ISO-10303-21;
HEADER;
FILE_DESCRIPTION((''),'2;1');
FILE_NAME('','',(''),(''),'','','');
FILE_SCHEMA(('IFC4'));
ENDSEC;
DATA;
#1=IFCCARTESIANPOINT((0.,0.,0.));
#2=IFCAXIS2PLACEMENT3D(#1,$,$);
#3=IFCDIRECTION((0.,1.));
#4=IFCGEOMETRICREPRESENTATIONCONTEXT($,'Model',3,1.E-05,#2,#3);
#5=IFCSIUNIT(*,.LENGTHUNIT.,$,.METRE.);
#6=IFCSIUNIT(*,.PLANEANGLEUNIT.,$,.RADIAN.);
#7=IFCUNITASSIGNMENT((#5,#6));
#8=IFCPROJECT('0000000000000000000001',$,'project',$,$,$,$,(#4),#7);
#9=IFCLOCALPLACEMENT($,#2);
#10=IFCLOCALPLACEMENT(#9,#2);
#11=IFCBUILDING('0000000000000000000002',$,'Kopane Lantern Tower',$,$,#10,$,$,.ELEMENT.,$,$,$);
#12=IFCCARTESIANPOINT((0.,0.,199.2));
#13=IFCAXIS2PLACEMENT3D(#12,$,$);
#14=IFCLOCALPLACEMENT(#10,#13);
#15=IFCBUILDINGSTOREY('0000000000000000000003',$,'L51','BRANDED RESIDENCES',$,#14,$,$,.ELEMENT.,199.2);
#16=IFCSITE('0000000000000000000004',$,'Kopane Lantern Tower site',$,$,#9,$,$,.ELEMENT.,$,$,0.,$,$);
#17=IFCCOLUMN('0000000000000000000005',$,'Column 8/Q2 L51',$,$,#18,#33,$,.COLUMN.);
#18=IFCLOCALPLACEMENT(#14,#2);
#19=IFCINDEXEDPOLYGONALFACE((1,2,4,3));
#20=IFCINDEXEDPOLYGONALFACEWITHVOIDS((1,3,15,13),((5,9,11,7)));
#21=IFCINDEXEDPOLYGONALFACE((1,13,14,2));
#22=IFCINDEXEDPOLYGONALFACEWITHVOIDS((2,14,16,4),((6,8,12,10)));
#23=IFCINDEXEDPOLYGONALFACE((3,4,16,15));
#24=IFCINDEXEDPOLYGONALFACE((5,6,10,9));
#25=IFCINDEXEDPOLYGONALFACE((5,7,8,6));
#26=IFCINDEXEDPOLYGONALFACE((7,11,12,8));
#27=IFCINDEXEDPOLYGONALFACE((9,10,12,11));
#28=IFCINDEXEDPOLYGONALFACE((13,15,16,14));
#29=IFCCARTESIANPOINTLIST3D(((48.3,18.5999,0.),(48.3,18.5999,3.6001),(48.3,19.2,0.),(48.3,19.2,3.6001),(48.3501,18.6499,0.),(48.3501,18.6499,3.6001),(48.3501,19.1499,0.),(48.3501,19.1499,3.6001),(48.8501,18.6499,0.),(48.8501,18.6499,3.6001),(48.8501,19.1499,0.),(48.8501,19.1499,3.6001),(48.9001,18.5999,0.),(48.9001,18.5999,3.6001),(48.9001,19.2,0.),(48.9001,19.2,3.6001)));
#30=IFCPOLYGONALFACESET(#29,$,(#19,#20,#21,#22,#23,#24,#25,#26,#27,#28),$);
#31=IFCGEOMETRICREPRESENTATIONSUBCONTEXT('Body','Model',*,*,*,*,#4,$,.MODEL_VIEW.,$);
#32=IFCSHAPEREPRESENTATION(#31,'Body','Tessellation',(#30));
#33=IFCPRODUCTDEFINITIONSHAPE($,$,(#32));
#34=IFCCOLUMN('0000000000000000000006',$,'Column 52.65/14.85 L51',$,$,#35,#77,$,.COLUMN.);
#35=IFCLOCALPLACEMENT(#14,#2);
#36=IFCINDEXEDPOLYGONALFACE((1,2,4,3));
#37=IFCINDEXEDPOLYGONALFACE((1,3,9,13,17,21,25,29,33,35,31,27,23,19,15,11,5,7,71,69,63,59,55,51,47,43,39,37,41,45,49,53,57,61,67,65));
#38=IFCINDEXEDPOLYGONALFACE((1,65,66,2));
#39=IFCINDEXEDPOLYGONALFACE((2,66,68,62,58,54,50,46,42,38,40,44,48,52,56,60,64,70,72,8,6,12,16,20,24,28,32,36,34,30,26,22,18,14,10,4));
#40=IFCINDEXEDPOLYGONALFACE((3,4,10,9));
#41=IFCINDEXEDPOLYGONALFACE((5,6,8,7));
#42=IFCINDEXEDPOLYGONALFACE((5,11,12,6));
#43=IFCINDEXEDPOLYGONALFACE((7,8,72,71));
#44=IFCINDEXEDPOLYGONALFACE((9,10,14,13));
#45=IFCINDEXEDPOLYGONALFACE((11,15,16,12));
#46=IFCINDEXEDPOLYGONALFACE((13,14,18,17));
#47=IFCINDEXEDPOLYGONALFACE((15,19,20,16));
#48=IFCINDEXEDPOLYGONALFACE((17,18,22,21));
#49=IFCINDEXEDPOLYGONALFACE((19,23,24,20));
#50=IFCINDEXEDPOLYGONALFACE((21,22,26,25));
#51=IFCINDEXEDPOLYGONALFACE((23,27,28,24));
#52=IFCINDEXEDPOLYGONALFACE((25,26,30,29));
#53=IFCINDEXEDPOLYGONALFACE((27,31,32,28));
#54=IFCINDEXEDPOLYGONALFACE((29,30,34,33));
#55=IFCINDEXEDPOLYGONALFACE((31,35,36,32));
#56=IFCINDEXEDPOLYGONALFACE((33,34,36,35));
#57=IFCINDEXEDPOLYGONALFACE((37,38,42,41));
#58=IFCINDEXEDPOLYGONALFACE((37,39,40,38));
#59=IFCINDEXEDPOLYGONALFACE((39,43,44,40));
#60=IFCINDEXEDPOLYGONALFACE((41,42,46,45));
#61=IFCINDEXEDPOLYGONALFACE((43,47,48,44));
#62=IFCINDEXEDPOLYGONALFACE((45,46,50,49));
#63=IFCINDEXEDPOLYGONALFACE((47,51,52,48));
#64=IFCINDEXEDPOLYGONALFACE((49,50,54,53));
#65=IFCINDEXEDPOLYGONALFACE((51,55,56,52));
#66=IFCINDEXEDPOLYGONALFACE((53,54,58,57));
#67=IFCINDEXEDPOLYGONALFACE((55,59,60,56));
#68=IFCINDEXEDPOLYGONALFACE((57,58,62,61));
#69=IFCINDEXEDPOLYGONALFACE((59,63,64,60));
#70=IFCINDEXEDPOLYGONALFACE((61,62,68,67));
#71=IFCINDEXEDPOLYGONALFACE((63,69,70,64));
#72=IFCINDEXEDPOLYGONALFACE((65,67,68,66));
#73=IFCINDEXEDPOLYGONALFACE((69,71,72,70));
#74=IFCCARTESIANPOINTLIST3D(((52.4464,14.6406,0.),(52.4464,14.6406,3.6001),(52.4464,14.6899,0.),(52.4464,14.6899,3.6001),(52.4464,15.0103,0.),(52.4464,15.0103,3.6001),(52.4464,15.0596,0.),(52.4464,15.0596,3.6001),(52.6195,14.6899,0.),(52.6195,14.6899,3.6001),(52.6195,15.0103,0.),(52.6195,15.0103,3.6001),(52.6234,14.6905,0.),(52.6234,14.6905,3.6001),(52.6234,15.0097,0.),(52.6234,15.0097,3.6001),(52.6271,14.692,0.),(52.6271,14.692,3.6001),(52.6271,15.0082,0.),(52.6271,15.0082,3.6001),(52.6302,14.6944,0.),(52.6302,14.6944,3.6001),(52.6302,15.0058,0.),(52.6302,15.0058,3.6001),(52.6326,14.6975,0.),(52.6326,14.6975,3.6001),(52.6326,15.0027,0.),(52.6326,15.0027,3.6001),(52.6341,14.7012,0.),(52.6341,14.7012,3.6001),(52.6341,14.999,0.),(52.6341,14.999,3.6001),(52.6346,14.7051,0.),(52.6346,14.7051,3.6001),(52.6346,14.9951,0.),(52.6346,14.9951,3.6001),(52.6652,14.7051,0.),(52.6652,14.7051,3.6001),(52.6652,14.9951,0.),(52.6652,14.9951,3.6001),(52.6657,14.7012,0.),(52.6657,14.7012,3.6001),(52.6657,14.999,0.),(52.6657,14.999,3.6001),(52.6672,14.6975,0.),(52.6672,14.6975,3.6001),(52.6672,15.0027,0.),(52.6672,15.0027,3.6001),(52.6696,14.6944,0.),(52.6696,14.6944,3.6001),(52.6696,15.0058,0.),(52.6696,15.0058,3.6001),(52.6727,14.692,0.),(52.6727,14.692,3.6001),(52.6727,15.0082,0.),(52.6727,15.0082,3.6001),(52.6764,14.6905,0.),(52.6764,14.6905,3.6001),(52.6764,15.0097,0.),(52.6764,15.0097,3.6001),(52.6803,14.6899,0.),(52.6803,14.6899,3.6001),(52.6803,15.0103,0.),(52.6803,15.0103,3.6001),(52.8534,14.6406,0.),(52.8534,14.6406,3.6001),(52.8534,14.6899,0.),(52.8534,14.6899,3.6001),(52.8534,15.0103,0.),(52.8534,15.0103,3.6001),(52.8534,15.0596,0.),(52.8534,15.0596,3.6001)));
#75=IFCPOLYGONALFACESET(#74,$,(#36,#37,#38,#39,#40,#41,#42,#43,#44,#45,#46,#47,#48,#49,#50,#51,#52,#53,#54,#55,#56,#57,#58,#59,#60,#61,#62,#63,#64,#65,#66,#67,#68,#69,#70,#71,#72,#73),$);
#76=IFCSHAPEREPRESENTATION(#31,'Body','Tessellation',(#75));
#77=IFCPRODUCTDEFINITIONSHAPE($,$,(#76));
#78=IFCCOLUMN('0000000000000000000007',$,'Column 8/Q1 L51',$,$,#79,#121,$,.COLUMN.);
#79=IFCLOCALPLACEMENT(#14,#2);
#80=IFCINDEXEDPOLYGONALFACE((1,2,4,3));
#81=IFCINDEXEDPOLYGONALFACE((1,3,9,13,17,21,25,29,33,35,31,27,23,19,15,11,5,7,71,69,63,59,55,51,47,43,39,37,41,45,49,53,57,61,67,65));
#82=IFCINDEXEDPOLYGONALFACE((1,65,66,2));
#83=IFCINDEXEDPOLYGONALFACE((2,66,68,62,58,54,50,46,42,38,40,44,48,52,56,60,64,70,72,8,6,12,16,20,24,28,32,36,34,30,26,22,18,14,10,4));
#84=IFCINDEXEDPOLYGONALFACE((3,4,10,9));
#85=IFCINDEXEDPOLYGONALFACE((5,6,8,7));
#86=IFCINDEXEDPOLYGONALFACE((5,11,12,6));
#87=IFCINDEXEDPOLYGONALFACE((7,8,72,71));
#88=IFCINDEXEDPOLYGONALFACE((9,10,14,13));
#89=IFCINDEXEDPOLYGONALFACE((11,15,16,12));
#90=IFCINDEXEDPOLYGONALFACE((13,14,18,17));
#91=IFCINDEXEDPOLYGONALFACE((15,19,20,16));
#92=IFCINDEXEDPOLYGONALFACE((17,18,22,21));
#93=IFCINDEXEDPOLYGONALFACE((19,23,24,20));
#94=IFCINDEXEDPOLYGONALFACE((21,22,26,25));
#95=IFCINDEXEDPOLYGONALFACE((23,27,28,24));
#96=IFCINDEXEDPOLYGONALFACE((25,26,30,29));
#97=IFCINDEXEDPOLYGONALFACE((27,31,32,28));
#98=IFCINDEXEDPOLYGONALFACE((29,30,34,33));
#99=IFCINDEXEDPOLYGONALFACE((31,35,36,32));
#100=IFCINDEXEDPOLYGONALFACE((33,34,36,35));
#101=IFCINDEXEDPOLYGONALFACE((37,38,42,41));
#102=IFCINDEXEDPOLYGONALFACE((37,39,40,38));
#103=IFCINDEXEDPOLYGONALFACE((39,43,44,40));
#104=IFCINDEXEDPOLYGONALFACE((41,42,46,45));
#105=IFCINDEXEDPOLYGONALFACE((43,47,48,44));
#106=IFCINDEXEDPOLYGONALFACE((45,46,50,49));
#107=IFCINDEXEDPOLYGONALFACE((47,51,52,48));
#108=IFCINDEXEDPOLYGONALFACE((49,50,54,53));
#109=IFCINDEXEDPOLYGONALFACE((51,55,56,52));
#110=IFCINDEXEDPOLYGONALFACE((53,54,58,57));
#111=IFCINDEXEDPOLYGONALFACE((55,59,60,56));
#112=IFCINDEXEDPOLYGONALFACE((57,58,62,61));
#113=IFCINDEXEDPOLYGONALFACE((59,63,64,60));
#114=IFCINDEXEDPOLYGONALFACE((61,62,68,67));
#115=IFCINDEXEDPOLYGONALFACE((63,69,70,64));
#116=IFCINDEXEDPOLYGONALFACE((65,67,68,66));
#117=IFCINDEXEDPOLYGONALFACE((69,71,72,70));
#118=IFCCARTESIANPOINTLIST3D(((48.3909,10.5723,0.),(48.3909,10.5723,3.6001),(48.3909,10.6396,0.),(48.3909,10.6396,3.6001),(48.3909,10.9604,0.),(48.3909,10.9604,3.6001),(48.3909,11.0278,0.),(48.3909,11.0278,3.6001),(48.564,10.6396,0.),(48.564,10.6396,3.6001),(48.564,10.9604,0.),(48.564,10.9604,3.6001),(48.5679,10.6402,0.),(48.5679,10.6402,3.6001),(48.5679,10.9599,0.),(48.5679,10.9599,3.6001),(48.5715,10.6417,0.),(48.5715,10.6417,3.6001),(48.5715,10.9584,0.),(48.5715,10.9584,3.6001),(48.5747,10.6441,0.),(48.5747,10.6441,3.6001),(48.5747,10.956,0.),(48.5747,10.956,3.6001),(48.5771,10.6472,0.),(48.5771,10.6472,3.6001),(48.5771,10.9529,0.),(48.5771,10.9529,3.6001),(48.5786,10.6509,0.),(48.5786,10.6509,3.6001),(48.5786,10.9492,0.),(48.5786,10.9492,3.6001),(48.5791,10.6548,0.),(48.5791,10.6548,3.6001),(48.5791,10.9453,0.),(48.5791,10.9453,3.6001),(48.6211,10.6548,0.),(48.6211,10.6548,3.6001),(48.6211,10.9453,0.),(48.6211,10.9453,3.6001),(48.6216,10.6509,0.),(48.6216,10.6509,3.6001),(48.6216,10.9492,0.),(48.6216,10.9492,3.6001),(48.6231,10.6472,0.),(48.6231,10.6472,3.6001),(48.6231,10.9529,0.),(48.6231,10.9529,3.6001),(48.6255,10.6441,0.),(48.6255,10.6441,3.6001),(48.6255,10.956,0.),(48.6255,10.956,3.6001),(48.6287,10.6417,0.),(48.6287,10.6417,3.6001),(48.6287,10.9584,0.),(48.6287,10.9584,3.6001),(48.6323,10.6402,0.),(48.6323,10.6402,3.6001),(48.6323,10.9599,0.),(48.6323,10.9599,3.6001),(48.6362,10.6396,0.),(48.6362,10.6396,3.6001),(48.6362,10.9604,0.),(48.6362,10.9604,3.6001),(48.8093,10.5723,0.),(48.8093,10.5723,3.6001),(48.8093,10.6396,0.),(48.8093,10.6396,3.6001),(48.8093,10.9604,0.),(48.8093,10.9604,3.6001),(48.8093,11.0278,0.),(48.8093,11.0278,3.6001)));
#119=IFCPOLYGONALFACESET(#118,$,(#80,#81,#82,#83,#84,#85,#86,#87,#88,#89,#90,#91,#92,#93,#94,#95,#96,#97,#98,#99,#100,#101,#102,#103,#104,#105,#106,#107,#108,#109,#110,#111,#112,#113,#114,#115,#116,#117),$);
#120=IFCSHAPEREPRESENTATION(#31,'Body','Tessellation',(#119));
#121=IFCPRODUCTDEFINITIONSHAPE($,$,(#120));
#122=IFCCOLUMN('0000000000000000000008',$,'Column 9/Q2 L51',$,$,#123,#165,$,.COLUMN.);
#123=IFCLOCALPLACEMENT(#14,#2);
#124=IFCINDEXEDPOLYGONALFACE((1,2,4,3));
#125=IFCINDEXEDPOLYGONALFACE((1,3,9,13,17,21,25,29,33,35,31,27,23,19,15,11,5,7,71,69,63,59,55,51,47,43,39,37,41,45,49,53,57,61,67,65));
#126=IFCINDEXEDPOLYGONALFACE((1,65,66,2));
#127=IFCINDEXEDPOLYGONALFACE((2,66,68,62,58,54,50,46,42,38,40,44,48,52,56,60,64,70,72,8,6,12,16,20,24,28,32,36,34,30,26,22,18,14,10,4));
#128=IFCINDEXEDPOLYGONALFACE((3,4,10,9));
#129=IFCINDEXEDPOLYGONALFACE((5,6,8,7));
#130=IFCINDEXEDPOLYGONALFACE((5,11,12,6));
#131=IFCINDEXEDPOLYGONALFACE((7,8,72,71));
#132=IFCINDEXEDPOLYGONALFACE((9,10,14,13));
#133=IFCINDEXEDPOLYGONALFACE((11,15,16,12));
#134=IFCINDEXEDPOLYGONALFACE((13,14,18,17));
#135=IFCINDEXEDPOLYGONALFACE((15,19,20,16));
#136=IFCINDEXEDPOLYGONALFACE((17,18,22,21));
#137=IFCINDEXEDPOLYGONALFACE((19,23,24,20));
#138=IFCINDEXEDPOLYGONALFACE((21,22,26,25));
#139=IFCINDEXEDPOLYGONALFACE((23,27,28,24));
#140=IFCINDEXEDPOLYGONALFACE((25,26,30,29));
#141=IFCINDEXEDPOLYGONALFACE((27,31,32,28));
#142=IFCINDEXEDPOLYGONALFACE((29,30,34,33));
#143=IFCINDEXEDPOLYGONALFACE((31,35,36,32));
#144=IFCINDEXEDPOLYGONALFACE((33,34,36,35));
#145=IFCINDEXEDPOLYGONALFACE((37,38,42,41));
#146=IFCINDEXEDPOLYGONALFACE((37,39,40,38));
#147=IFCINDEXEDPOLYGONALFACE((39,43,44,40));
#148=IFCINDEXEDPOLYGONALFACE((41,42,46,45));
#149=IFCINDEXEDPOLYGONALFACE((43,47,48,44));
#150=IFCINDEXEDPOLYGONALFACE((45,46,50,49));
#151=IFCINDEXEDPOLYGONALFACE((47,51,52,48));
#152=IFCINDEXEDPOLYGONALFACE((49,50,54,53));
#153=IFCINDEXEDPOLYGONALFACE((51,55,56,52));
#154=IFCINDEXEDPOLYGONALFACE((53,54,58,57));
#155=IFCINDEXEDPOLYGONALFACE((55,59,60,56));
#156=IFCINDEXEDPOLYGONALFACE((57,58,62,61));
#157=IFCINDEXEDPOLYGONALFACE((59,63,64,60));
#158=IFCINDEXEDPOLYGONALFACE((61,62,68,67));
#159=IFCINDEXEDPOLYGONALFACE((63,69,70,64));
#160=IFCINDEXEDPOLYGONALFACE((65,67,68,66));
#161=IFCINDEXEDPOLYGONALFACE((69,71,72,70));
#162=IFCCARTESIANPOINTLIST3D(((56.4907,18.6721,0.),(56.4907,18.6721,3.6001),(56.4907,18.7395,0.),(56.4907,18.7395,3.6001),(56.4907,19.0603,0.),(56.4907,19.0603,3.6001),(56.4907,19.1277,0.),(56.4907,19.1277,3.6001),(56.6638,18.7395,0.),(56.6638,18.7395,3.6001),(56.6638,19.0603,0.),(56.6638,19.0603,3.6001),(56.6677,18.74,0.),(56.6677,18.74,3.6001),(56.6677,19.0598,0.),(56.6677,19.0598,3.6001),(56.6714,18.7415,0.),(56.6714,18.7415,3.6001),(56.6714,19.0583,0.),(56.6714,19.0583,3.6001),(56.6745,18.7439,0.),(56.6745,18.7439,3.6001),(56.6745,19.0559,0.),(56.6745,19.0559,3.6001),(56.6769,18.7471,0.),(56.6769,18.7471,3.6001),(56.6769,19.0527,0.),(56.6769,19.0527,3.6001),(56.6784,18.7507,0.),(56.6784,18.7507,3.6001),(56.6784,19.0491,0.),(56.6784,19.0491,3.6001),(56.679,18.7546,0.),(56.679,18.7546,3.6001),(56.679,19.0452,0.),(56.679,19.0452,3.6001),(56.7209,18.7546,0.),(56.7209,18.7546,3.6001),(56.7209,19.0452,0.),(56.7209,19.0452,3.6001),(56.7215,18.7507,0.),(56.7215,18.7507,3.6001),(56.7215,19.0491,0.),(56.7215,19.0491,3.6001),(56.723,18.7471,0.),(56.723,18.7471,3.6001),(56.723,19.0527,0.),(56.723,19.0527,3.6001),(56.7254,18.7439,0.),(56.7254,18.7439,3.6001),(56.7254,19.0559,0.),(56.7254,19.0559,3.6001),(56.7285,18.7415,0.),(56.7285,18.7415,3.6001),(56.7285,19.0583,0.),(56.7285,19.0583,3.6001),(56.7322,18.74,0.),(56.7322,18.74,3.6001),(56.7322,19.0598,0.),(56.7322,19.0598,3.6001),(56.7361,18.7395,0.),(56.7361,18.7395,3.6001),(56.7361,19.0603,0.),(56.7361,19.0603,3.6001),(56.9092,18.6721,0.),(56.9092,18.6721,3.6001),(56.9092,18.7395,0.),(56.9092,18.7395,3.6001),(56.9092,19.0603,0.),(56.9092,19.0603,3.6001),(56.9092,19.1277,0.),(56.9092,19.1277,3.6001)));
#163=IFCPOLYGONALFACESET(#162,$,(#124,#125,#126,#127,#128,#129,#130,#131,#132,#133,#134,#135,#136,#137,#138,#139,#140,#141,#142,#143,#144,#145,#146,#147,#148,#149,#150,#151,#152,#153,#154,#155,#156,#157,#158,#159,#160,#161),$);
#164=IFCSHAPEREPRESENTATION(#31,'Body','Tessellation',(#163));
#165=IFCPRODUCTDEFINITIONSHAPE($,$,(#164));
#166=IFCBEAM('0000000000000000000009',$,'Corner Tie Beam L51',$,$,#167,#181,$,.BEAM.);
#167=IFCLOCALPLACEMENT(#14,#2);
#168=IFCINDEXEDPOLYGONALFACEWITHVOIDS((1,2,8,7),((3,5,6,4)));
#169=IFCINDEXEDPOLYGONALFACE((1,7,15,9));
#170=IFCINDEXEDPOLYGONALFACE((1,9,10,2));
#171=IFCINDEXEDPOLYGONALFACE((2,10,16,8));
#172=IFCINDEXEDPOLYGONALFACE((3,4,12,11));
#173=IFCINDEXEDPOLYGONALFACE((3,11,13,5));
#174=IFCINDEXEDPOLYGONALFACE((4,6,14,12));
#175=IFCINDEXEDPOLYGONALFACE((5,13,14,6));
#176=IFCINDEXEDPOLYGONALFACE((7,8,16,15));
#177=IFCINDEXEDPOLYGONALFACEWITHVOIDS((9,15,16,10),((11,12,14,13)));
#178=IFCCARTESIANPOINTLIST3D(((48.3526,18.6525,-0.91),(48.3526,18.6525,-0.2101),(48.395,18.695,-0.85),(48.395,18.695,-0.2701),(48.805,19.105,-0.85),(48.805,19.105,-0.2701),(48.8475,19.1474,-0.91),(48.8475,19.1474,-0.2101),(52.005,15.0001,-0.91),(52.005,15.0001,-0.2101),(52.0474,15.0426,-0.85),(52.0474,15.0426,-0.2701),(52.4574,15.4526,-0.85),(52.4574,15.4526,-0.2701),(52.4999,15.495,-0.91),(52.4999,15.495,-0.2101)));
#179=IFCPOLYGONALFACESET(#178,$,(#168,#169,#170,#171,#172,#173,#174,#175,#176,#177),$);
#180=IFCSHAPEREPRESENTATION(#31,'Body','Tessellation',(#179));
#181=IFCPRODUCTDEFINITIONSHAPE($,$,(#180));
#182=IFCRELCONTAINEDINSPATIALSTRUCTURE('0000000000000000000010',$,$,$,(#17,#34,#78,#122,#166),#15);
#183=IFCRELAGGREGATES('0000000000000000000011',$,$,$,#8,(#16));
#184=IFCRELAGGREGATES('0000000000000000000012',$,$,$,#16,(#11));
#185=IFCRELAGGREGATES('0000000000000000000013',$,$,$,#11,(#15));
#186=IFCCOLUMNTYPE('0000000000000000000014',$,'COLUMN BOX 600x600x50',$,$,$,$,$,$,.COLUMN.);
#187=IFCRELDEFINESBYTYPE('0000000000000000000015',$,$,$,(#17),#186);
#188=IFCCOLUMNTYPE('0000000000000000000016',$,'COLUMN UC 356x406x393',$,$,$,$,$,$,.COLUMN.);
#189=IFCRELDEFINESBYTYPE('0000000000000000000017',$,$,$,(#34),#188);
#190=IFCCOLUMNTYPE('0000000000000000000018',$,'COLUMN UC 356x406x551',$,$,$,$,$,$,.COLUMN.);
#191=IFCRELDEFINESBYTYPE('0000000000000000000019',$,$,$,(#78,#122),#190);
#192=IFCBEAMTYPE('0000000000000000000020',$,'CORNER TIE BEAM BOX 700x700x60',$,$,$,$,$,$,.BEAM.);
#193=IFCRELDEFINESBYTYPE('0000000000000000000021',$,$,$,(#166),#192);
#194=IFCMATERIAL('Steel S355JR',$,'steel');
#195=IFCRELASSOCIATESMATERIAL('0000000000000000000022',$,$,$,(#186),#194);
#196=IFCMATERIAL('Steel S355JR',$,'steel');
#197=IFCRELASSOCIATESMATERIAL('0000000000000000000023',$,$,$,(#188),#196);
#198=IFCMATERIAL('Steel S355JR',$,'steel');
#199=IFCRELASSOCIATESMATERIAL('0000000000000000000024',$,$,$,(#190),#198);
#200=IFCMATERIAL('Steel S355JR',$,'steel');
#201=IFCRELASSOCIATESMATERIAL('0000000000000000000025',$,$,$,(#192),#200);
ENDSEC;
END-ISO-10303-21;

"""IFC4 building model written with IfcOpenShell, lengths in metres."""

from ifc_helpers import new_model, si_unit, direction, frame, origin, origin_2d, place, context, subcontext, project, spatial, hollow_rectangle, i_section, extrude, material, material_profile, profile_set, type_object, element, save


model = new_model("IFC4")

# Units and contexts
model_context = context("Model", 3, precision=1e-05, world=origin(), true_north=direction((0.0, 1.0)))
body_context = subcontext(model_context, "Body", "Model", "MODEL_VIEW")
ifc_project = project(units=[si_unit("LENGTHUNIT", "METRE"), si_unit("PLANEANGLEUNIT", "RADIAN")], contexts=[model_context])

# Site, building, storey
site_placement = place(None, origin())
site = spatial("IfcSite", under=ifc_project, at=site_placement, Name="Kopane Lantern Tower site", CompositionType="ELEMENT", RefElevation=0.0)
building_placement = place(site_placement, origin())
building = spatial("IfcBuilding", under=site, at=building_placement, Name="Kopane Lantern Tower", CompositionType="ELEMENT")
storey_placement = place(building_placement, frame((0.0, 0.0, 199.2)))
storey = spatial("IfcBuildingStorey", under=building, at=storey_placement, Name="L51", Description="BRANDED RESIDENCES", CompositionType="ELEMENT", Elevation=199.2)

# Columns
ifc_material_1 = material(Name="Steel S355JR", Category="steel")
ifc_material_profile_1 = material_profile(ifc_material_1, hollow_rectangle(XDim=0.6001, YDim=0.6001, WallThickness=0.05, at=origin_2d()), Name="BOX 600x600x50")
ifc_profile_set_1 = profile_set([ifc_material_profile_1], Name="Steel S355JR")
column_type_1 = type_object("IfcColumnType", Name="COLUMN BOX 600x600x50", PredefinedType="COLUMN", material=ifc_profile_set_1)
column_1_placement = place(storey_placement, frame((48.6001, 18.8999, 0.0), z_axis=(0.0, 0.0, 1.0), x_axis=(1.0, 0.0, 0.0)))
element("IfcColumn", 1, at=column_1_placement, inside=storey, type_object=column_type_1, Name="Column 8/Q2 L51", PredefinedType="COLUMN", context=body_context, shape_type="SweptSolid", body=[
    extrude(hollow_rectangle(XDim=0.6001, YDim=0.6001, WallThickness=0.05, at=origin_2d()), origin(), (0.0, 0.0, 1.0), 3.6001),
])
ifc_material_2 = material(Name="Steel S355JR", Category="steel")
ifc_material_profile_2 = material_profile(ifc_material_2, i_section(OverallWidth=0.407, OverallDepth=0.4189, WebThickness=0.0305, FlangeThickness=0.0493, FilletRadius=0.0151, at=origin_2d()), Name="UC 356x406x393")
ifc_profile_set_2 = profile_set([ifc_material_profile_2], Name="Steel S355JR")
column_type_2 = type_object("IfcColumnType", Name="COLUMN UC 356x406x393", PredefinedType="COLUMN", material=ifc_profile_set_2)
column_2_placement = place(storey_placement, frame((52.6499, 14.8501, 0.0), z_axis=(0.0, 0.0, 1.0), x_axis=(1.0, 0.0, 0.0)))
element("IfcColumn", 2, at=column_2_placement, inside=storey, type_object=column_type_2, Name="Column 52.65/14.85 L51", PredefinedType="COLUMN", context=body_context, shape_type="SweptSolid", body=[
    extrude(i_section(OverallWidth=0.407, OverallDepth=0.4189, WebThickness=0.0305, FlangeThickness=0.0493, FilletRadius=0.0151, at=origin_2d()), origin(), (0.0, 0.0, 1.0), 3.6001),
])
ifc_material_3 = material(Name="Steel S355JR", Category="steel")
ifc_material_profile_3 = material_profile(ifc_material_3, i_section(OverallWidth=0.4185, OverallDepth=0.4556, WebThickness=0.042, FlangeThickness=0.0674, FilletRadius=0.0151, at=origin_2d()), Name="UC 356x406x551")
ifc_profile_set_3 = profile_set([ifc_material_profile_3], Name="Steel S355JR")
column_type_3 = type_object("IfcColumnType", Name="COLUMN UC 356x406x551", PredefinedType="COLUMN", material=ifc_profile_set_3)
for number, where, z_axis, x_axis, name in (
    (3, (48.6001, 10.8, 0.0), (0.0, 0.0, 1.0), (1.0, 0.0, 0.0), "Column 8/Q1 L51"),
    (4, (56.7, 18.8999, 0.0), (0.0, 0.0, 1.0), (1.0, 0.0, 0.0), "Column 9/Q2 L51"),
):
    element("IfcColumn", number, at=place(storey_placement, frame(where, z_axis=z_axis, x_axis=x_axis)), inside=storey, type_object=column_type_3, Name=name, PredefinedType="COLUMN", context=body_context, shape_type="SweptSolid", body=[
        extrude(i_section(OverallWidth=0.4185, OverallDepth=0.4556, WebThickness=0.042, FlangeThickness=0.0674, FilletRadius=0.0151, at=origin_2d()), origin(), (0.0, 0.0, 1.0), 3.6001),
    ])

# Beam
ifc_material_4 = material(Name="Steel S355JR", Category="steel")
ifc_material_profile_4 = material_profile(ifc_material_4, hollow_rectangle(XDim=0.7, YDim=0.7, WallThickness=0.0601, at=origin_2d()), Name="BOX 700x700x60")
ifc_profile_set_4 = profile_set([ifc_material_profile_4], Name="Steel S355JR")
beam_type_1 = type_object("IfcBeamType", Name="CORNER TIE BEAM BOX 700x700x60", PredefinedType="BEAM", material=ifc_profile_set_4)
beam_1_placement = place(storey_placement, frame((52.2524, 15.2476, -0.5601), z_axis=(-0.707107, 0.707107, 0.0), x_axis=(-0.707107, -0.707107, 0.0)))
element("IfcBeam", 5, at=beam_1_placement, inside=storey, type_object=beam_type_1, Name="Corner Tie Beam L51", PredefinedType="BEAM", context=body_context, shape_type="SweptSolid", body=[
    extrude(hollow_rectangle(XDim=0.7, YDim=0.7, WallThickness=0.0601, at=origin_2d()), origin(), (0.0, 0.0, 1.0), 5.1653),
])

save(model, "model.ifc")
